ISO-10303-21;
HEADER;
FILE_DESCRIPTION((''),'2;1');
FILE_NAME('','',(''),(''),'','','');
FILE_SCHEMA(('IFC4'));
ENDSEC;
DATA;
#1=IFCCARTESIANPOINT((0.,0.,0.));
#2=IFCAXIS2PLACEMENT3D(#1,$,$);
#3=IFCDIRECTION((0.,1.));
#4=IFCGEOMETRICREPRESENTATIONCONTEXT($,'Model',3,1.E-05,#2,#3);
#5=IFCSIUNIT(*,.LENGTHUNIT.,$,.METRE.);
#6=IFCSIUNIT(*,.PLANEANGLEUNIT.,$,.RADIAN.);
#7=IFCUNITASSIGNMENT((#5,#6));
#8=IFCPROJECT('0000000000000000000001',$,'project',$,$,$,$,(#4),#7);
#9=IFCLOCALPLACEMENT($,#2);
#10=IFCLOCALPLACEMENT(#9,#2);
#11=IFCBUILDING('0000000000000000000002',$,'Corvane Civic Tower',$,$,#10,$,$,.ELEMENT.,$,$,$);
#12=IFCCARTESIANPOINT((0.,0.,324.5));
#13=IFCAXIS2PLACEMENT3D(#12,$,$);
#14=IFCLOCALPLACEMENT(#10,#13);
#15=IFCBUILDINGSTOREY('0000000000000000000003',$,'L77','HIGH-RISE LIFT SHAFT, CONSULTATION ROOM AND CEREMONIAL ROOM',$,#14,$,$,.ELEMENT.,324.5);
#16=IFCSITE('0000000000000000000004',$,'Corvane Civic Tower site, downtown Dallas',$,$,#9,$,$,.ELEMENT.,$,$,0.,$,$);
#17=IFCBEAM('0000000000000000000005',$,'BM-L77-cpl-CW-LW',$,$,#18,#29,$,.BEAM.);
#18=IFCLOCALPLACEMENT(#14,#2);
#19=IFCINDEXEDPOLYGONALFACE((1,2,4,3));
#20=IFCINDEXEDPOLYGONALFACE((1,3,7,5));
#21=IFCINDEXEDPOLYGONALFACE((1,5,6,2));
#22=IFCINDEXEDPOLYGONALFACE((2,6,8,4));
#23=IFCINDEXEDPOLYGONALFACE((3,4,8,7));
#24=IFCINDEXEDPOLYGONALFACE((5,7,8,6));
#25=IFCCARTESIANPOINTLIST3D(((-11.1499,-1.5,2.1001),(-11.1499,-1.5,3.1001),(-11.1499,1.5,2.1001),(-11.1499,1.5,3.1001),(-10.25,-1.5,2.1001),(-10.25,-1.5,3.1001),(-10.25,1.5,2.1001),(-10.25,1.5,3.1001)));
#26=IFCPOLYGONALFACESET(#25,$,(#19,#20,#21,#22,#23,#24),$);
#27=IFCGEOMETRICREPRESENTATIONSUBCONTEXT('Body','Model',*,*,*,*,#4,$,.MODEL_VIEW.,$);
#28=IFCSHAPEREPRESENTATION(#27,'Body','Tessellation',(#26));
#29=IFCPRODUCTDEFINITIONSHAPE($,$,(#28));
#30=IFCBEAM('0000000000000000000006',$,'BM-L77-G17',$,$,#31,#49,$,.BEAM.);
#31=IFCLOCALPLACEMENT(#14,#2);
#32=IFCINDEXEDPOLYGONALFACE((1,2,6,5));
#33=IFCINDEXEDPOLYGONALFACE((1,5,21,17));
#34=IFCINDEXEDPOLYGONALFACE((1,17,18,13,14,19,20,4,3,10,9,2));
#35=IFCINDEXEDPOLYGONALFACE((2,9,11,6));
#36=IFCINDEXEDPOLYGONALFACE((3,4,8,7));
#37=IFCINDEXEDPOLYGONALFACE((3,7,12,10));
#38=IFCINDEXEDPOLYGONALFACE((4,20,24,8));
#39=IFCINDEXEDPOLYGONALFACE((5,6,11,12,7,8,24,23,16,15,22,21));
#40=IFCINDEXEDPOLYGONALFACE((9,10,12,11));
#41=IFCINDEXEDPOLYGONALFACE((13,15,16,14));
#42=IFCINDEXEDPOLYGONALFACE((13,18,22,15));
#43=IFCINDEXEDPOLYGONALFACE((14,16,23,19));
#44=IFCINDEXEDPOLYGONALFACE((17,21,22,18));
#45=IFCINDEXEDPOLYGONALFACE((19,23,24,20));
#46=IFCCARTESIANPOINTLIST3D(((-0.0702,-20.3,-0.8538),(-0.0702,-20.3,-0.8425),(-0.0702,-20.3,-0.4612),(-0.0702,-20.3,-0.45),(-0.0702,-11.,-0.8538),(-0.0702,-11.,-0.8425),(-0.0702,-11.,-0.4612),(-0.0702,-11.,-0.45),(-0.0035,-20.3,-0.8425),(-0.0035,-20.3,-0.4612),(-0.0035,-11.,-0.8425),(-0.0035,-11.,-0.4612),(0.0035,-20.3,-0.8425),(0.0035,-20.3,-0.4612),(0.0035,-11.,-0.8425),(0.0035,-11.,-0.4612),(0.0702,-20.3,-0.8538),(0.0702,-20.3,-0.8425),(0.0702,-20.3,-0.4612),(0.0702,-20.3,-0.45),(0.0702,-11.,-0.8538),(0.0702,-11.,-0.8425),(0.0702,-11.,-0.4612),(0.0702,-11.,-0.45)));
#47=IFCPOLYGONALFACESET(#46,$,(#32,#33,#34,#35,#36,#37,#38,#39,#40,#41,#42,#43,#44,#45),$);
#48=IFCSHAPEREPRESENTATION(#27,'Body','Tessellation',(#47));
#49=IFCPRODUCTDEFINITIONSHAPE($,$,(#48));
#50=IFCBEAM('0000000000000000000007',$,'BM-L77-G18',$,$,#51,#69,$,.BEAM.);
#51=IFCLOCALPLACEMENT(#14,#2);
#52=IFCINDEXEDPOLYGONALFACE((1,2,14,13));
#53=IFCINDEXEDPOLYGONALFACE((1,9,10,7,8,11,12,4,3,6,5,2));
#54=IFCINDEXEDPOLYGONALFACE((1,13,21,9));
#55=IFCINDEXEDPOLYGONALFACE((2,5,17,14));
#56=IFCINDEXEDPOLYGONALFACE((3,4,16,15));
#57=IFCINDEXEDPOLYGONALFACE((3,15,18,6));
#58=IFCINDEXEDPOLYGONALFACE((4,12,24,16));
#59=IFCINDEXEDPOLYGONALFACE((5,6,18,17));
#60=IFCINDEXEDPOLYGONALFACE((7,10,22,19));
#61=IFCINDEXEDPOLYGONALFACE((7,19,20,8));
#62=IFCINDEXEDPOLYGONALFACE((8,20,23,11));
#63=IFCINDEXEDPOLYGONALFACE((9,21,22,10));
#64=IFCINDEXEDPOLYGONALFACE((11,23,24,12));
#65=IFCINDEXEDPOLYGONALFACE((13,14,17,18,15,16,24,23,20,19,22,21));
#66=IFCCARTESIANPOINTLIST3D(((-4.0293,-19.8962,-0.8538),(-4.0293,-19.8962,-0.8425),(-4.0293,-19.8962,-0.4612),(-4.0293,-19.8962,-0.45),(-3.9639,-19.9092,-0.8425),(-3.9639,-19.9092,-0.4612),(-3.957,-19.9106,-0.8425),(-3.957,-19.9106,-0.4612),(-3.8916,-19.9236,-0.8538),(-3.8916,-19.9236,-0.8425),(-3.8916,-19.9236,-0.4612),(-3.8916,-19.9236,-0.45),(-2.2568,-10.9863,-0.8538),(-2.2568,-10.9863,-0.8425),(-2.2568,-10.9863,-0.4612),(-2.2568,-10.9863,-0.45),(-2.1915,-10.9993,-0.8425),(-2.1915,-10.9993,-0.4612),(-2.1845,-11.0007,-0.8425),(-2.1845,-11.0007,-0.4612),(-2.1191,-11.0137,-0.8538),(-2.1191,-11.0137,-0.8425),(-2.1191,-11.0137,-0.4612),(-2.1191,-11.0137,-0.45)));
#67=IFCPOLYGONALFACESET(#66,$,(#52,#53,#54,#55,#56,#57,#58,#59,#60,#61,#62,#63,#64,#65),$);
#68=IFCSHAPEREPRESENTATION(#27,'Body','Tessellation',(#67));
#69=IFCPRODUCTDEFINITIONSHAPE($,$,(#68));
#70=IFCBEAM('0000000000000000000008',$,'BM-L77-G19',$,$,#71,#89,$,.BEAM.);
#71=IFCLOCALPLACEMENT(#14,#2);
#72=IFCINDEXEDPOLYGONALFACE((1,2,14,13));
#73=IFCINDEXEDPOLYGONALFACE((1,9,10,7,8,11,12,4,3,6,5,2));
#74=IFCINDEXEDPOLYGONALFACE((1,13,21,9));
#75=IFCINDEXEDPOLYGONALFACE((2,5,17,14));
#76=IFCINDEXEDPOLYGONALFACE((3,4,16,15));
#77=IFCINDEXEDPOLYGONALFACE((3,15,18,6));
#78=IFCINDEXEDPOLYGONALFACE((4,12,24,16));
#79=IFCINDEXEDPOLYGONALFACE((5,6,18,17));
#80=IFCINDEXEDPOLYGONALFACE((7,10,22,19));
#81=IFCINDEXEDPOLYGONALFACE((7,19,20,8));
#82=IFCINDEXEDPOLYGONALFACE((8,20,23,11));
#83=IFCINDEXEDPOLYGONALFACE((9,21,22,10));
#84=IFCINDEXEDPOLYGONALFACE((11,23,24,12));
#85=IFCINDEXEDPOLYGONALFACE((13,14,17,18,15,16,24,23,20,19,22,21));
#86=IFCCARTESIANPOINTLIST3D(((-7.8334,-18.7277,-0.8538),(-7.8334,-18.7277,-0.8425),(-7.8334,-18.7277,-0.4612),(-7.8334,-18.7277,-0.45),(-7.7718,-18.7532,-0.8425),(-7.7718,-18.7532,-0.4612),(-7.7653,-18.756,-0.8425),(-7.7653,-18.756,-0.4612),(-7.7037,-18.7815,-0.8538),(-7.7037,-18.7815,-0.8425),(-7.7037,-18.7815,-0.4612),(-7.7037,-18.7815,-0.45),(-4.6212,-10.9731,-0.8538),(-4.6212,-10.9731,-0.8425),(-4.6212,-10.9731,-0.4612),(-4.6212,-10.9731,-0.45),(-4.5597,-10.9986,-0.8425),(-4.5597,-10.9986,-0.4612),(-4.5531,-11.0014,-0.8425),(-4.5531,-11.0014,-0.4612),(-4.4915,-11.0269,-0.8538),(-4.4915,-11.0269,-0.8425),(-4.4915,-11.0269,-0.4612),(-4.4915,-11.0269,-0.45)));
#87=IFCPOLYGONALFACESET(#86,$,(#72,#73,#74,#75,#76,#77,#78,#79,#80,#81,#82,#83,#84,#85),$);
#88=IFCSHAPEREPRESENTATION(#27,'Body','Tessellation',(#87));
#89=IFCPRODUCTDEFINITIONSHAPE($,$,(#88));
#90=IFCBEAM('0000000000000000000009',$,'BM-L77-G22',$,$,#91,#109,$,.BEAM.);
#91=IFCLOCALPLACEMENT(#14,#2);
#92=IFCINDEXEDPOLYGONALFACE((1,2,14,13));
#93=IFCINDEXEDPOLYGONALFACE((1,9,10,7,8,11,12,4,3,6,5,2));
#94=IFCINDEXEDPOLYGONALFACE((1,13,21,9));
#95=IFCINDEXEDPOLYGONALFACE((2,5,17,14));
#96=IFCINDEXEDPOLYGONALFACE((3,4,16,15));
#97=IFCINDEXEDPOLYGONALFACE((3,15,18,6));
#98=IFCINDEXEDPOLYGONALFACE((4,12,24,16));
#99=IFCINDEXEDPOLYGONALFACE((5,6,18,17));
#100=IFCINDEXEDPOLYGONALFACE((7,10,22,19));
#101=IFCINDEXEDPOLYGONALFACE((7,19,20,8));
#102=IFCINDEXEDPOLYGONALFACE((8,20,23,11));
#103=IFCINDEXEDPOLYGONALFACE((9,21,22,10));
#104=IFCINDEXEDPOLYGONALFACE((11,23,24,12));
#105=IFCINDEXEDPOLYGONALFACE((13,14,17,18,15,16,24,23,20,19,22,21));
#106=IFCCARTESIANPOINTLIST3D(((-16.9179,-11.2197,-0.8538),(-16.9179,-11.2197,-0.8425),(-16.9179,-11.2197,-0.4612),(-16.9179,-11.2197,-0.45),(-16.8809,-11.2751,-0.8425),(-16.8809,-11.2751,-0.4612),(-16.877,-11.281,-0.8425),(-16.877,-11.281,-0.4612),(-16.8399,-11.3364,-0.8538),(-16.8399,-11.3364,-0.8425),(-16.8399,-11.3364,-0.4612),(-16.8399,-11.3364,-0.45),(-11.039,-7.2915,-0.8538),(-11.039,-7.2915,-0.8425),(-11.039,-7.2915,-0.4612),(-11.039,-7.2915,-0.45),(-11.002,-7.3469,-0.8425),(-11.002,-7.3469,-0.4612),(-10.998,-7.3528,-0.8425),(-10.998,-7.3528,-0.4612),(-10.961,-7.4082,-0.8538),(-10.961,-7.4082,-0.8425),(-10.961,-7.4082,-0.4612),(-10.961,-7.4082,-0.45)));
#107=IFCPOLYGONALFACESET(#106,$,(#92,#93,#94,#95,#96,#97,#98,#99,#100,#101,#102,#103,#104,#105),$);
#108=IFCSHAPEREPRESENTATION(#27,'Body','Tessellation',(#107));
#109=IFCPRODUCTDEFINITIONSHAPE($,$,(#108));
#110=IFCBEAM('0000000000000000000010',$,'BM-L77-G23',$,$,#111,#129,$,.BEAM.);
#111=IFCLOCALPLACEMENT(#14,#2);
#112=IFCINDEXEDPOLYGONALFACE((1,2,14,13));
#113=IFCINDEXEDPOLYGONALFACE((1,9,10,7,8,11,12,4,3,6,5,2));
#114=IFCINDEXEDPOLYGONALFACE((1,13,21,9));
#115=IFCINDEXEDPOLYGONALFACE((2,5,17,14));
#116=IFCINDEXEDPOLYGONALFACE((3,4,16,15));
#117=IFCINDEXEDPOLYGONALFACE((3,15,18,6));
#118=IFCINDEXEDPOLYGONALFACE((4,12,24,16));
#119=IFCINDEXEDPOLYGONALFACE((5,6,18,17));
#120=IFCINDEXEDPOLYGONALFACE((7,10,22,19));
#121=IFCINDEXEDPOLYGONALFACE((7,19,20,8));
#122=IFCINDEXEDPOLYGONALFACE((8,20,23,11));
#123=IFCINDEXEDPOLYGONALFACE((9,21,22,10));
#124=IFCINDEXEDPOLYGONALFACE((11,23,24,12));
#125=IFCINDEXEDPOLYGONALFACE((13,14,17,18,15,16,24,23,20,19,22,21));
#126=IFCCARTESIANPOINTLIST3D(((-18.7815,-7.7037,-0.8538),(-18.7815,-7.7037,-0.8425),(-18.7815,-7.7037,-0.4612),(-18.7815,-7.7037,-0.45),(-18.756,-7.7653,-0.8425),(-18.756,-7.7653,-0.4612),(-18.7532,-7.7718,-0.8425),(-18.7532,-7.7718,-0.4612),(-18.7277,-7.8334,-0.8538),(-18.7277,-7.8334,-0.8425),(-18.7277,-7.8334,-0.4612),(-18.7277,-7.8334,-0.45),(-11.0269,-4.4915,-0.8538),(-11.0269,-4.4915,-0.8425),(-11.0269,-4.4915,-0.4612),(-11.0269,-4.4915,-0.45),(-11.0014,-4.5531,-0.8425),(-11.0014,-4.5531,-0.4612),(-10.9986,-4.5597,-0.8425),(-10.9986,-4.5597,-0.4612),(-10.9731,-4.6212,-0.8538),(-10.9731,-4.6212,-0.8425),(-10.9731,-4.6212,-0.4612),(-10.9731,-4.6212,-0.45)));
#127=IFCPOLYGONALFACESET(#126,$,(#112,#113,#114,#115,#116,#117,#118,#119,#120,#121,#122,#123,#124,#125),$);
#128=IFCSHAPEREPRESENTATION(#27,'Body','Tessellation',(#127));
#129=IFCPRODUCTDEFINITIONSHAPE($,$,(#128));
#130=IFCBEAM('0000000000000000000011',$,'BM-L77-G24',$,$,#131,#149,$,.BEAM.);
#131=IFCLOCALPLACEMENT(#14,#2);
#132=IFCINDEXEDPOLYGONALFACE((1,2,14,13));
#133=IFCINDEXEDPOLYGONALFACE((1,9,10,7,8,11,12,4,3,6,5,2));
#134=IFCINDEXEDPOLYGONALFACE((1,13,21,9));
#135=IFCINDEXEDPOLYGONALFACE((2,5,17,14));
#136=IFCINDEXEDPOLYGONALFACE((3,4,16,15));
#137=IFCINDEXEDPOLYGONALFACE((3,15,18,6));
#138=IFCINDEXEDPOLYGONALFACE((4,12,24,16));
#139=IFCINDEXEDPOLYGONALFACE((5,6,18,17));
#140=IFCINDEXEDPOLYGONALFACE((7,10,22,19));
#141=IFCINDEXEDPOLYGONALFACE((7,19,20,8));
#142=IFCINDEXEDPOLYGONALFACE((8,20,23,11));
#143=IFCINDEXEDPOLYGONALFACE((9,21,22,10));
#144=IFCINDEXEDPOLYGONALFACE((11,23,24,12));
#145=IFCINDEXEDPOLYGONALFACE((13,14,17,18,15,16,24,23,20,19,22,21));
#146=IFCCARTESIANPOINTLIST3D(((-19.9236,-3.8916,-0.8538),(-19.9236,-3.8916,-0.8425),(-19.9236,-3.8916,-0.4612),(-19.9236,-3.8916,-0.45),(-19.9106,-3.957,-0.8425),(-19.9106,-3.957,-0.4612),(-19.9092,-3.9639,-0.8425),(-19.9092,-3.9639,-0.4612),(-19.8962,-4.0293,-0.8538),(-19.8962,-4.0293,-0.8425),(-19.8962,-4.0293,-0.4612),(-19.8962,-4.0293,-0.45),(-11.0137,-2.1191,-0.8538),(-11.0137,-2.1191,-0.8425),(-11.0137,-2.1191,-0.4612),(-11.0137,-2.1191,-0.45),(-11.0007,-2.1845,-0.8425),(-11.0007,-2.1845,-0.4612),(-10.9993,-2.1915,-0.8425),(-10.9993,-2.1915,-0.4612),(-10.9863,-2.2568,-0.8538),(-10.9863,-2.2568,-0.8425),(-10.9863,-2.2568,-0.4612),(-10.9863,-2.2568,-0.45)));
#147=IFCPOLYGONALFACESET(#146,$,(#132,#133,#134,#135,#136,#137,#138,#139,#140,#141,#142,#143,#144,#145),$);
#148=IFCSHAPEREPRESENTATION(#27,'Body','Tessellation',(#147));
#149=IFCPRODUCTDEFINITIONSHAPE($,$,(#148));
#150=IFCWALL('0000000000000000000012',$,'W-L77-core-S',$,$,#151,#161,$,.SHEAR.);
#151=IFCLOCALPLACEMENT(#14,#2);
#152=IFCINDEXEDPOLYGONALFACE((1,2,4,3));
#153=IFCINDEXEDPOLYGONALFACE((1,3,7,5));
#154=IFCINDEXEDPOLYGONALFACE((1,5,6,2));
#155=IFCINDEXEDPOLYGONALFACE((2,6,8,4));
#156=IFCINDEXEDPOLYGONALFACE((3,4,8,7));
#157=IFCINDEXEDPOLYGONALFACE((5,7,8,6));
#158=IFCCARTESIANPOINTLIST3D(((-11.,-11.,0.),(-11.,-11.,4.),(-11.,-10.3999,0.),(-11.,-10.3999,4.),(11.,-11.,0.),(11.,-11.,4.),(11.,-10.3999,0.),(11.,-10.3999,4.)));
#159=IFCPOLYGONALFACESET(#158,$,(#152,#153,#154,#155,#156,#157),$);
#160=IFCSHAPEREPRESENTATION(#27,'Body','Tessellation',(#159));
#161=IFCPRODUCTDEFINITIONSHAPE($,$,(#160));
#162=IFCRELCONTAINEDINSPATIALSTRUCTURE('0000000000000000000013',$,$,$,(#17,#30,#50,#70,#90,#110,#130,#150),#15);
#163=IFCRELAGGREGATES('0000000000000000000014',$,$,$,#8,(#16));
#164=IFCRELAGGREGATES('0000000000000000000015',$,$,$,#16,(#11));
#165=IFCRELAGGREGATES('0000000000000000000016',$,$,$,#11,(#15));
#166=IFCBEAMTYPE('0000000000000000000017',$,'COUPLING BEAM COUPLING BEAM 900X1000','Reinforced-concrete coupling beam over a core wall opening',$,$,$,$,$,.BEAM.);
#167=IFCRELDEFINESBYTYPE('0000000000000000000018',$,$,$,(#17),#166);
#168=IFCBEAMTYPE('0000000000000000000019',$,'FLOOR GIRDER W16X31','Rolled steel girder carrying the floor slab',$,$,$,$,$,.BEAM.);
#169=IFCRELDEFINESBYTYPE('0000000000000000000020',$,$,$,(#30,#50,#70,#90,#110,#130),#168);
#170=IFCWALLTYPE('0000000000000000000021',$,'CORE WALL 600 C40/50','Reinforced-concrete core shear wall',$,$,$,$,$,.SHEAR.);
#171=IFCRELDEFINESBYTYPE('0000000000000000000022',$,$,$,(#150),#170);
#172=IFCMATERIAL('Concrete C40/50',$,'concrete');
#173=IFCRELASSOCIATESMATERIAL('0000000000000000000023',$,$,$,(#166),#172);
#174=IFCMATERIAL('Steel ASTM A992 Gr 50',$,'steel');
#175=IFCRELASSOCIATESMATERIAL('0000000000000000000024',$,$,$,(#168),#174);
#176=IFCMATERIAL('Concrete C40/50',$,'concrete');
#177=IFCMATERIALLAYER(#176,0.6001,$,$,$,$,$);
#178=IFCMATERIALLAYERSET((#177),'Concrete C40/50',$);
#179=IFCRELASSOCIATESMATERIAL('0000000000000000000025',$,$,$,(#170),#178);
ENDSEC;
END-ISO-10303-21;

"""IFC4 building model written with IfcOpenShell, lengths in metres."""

from ifc_helpers import new_model, si_unit, direction, frame, frame_2d, origin, origin_2d, place, context, subcontext, project, spatial, rectangle, i_section, extrude, material, layer, layer_set, material_profile, profile_set, type_object, element, save


model = new_model("IFC4")

# Units and contexts
model_context = context("Model", 3, precision=1e-05, world=origin(), true_north=direction((0.0, 1.0)))
body_context = subcontext(model_context, "Body", "Model", "MODEL_VIEW")
ifc_project = project(units=[si_unit("LENGTHUNIT", "METRE"), si_unit("PLANEANGLEUNIT", "RADIAN")], contexts=[model_context])

# Site, building, storey
site_placement = place(None, origin())
site = spatial("IfcSite", under=ifc_project, at=site_placement, Name="Corvane Civic Tower site, downtown Dallas", CompositionType="ELEMENT", RefElevation=0.0)
building_placement = place(site_placement, origin())
building = spatial("IfcBuilding", under=site, at=building_placement, Name="Corvane Civic Tower", CompositionType="ELEMENT")
storey_placement = place(building_placement, frame((0.0, 0.0, 324.5)))
storey = spatial("IfcBuildingStorey", under=building, at=storey_placement, Name="L77", Description="HIGH-RISE LIFT SHAFT, CONSULTATION ROOM AND CEREMONIAL ROOM", CompositionType="ELEMENT", Elevation=324.5)

# Beams
ifc_material_1 = material(Name="Concrete C40/50", Category="concrete")
ifc_material_profile_1 = material_profile(ifc_material_1, rectangle(XDim=0.8999, YDim=1.0, at=origin_2d()), Name="COUPLING BEAM 900X1000")
ifc_profile_set_1 = profile_set([ifc_material_profile_1], Name="Concrete C40/50")
beam_type_1 = type_object("IfcBeamType", Name="COUPLING BEAM COUPLING BEAM 900X1000", Description="Reinforced-concrete coupling beam over a core wall opening", PredefinedType="BEAM", material=ifc_profile_set_1)
beam_1_placement = place(storey_placement, frame((-10.7, -1.5, 2.6001), z_axis=(0.0, 1.0, 0.0), x_axis=(-1.0, 0.0, 0.0)))
element("IfcBeam", 1, at=beam_1_placement, inside=storey, type_object=beam_type_1, Name="BM-L77-cpl-CW-LW", PredefinedType="BEAM", context=body_context, shape_type="SweptSolid", body=[
    extrude(rectangle(XDim=0.8999, YDim=1.0, at=origin_2d()), origin(), (0.0, 0.0, 1.0), 3.0),
])
ifc_material_2 = material(Name="Steel ASTM A992 Gr 50", Category="steel")
ifc_material_profile_2 = material_profile(ifc_material_2, i_section(OverallWidth=0.1404, OverallDepth=0.4038, WebThickness=0.0071, FlangeThickness=0.0112, at=origin_2d()), Name="W16X31")
ifc_profile_set_2 = profile_set([ifc_material_profile_2], Name="Steel ASTM A992 Gr 50")
beam_type_2 = type_object("IfcBeamType", Name="FLOOR GIRDER W16X31", Description="Rolled steel girder carrying the floor slab", PredefinedType="BEAM", material=ifc_profile_set_2)
beam_2_placement = place(storey_placement, frame((0.0, -11.0, -0.6519), z_axis=(0.0, -1.0, 0.0), x_axis=(1.0, 0.0, 0.0)))
element("IfcBeam", 2, at=beam_2_placement, inside=storey, type_object=beam_type_2, Name="BM-L77-G17", PredefinedType="BEAM", context=body_context, shape_type="SweptSolid", body=[
    extrude(i_section(OverallWidth=0.1404, OverallDepth=0.4038, WebThickness=0.0071, FlangeThickness=0.0112, at=origin_2d()), origin(), (0.0, 0.0, 1.0), 9.3),
])
beam_3_placement = place(storey_placement, frame((-2.188, -11.0, -0.6519), z_axis=(-0.195108, -0.980782, 0.0), x_axis=(0.980782, -0.195108, 0.0)))
element("IfcBeam", 3, at=beam_3_placement, inside=storey, type_object=beam_type_2, Name="BM-L77-G18", PredefinedType="BEAM", context=body_context, shape_type="SweptSolid", body=[
    extrude(i_section(OverallWidth=0.1404, OverallDepth=0.4038, WebThickness=0.0071, FlangeThickness=0.0112, at=origin_2d()), origin(), (0.0, 0.0, 1.0), 9.0845),
])
beam_4_placement = place(storey_placement, frame((-4.5564, -11.0, -0.6519), z_axis=(-0.382692, -0.923876, 0.0), x_axis=(0.923876, -0.382692, 0.0)))
element("IfcBeam", 4, at=beam_4_placement, inside=storey, type_object=beam_type_2, Name="BM-L77-G19", PredefinedType="BEAM", context=body_context, shape_type="SweptSolid", body=[
    extrude(i_section(OverallWidth=0.1404, OverallDepth=0.4038, WebThickness=0.0071, FlangeThickness=0.0112, at=origin_2d()), origin(), (0.0, 0.0, 1.0), 8.3936),
])
beam_5_placement = place(storey_placement, frame((-11.0, -7.3499, -0.6519), z_axis=(-0.831465, -0.555576, 0.0), x_axis=(0.555576, -0.831465, 0.0)))
element("IfcBeam", 5, at=beam_5_placement, inside=storey, type_object=beam_type_2, Name="BM-L77-G22", PredefinedType="BEAM", context=body_context, shape_type="SweptSolid", body=[
    extrude(i_section(OverallWidth=0.1404, OverallDepth=0.4038, WebThickness=0.0071, FlangeThickness=0.0112, at=origin_2d()), origin(), (0.0, 0.0, 1.0), 7.0706),
])
beam_6_placement = place(storey_placement, frame((-11.0, -4.5564, -0.6519), z_axis=(-0.923876, -0.382692, 0.0), x_axis=(0.382692, -0.923876, 0.0)))
element("IfcBeam", 6, at=beam_6_placement, inside=storey, type_object=beam_type_2, Name="BM-L77-G23", PredefinedType="BEAM", context=body_context, shape_type="SweptSolid", body=[
    extrude(i_section(OverallWidth=0.1404, OverallDepth=0.4038, WebThickness=0.0071, FlangeThickness=0.0112, at=origin_2d()), origin(), (0.0, 0.0, 1.0), 8.3936),
])
beam_7_placement = place(storey_placement, frame((-11.0, -2.188, -0.6519), z_axis=(-0.980782, -0.195108, 0.0), x_axis=(0.195108, -0.980782, 0.0)))
element("IfcBeam", 7, at=beam_7_placement, inside=storey, type_object=beam_type_2, Name="BM-L77-G24", PredefinedType="BEAM", context=body_context, shape_type="SweptSolid", body=[
    extrude(i_section(OverallWidth=0.1404, OverallDepth=0.4038, WebThickness=0.0071, FlangeThickness=0.0112, at=origin_2d()), origin(), (0.0, 0.0, 1.0), 9.0845),
])

# Wall
ifc_material_3 = material(Name="Concrete C40/50", Category="concrete")
ifc_layer_1 = layer(ifc_material_3, 0.6001)
ifc_layer_set_1 = layer_set([ifc_layer_1], Name="Concrete C40/50")
wall_type_1 = type_object("IfcWallType", Name="CORE WALL 600 C40/50", Description="Reinforced-concrete core shear wall", PredefinedType="SHEAR", material=ifc_layer_set_1)
wall_1_placement = place(storey_placement, frame((-11.0, -10.7, 0.0), z_axis=(0.0, 0.0, 1.0), x_axis=(1.0, 0.0, 0.0)))
element("IfcWall", 8, at=wall_1_placement, inside=storey, type_object=wall_type_1, Name="W-L77-core-S", PredefinedType="SHEAR", context=body_context, shape_type="SweptSolid", body=[
    extrude(rectangle(XDim=22.0, YDim=0.6001, at=frame_2d((11.0, 0.0))), origin(), (0.0, 0.0, 1.0), 4.0),
])

save(model, "model.ifc")
